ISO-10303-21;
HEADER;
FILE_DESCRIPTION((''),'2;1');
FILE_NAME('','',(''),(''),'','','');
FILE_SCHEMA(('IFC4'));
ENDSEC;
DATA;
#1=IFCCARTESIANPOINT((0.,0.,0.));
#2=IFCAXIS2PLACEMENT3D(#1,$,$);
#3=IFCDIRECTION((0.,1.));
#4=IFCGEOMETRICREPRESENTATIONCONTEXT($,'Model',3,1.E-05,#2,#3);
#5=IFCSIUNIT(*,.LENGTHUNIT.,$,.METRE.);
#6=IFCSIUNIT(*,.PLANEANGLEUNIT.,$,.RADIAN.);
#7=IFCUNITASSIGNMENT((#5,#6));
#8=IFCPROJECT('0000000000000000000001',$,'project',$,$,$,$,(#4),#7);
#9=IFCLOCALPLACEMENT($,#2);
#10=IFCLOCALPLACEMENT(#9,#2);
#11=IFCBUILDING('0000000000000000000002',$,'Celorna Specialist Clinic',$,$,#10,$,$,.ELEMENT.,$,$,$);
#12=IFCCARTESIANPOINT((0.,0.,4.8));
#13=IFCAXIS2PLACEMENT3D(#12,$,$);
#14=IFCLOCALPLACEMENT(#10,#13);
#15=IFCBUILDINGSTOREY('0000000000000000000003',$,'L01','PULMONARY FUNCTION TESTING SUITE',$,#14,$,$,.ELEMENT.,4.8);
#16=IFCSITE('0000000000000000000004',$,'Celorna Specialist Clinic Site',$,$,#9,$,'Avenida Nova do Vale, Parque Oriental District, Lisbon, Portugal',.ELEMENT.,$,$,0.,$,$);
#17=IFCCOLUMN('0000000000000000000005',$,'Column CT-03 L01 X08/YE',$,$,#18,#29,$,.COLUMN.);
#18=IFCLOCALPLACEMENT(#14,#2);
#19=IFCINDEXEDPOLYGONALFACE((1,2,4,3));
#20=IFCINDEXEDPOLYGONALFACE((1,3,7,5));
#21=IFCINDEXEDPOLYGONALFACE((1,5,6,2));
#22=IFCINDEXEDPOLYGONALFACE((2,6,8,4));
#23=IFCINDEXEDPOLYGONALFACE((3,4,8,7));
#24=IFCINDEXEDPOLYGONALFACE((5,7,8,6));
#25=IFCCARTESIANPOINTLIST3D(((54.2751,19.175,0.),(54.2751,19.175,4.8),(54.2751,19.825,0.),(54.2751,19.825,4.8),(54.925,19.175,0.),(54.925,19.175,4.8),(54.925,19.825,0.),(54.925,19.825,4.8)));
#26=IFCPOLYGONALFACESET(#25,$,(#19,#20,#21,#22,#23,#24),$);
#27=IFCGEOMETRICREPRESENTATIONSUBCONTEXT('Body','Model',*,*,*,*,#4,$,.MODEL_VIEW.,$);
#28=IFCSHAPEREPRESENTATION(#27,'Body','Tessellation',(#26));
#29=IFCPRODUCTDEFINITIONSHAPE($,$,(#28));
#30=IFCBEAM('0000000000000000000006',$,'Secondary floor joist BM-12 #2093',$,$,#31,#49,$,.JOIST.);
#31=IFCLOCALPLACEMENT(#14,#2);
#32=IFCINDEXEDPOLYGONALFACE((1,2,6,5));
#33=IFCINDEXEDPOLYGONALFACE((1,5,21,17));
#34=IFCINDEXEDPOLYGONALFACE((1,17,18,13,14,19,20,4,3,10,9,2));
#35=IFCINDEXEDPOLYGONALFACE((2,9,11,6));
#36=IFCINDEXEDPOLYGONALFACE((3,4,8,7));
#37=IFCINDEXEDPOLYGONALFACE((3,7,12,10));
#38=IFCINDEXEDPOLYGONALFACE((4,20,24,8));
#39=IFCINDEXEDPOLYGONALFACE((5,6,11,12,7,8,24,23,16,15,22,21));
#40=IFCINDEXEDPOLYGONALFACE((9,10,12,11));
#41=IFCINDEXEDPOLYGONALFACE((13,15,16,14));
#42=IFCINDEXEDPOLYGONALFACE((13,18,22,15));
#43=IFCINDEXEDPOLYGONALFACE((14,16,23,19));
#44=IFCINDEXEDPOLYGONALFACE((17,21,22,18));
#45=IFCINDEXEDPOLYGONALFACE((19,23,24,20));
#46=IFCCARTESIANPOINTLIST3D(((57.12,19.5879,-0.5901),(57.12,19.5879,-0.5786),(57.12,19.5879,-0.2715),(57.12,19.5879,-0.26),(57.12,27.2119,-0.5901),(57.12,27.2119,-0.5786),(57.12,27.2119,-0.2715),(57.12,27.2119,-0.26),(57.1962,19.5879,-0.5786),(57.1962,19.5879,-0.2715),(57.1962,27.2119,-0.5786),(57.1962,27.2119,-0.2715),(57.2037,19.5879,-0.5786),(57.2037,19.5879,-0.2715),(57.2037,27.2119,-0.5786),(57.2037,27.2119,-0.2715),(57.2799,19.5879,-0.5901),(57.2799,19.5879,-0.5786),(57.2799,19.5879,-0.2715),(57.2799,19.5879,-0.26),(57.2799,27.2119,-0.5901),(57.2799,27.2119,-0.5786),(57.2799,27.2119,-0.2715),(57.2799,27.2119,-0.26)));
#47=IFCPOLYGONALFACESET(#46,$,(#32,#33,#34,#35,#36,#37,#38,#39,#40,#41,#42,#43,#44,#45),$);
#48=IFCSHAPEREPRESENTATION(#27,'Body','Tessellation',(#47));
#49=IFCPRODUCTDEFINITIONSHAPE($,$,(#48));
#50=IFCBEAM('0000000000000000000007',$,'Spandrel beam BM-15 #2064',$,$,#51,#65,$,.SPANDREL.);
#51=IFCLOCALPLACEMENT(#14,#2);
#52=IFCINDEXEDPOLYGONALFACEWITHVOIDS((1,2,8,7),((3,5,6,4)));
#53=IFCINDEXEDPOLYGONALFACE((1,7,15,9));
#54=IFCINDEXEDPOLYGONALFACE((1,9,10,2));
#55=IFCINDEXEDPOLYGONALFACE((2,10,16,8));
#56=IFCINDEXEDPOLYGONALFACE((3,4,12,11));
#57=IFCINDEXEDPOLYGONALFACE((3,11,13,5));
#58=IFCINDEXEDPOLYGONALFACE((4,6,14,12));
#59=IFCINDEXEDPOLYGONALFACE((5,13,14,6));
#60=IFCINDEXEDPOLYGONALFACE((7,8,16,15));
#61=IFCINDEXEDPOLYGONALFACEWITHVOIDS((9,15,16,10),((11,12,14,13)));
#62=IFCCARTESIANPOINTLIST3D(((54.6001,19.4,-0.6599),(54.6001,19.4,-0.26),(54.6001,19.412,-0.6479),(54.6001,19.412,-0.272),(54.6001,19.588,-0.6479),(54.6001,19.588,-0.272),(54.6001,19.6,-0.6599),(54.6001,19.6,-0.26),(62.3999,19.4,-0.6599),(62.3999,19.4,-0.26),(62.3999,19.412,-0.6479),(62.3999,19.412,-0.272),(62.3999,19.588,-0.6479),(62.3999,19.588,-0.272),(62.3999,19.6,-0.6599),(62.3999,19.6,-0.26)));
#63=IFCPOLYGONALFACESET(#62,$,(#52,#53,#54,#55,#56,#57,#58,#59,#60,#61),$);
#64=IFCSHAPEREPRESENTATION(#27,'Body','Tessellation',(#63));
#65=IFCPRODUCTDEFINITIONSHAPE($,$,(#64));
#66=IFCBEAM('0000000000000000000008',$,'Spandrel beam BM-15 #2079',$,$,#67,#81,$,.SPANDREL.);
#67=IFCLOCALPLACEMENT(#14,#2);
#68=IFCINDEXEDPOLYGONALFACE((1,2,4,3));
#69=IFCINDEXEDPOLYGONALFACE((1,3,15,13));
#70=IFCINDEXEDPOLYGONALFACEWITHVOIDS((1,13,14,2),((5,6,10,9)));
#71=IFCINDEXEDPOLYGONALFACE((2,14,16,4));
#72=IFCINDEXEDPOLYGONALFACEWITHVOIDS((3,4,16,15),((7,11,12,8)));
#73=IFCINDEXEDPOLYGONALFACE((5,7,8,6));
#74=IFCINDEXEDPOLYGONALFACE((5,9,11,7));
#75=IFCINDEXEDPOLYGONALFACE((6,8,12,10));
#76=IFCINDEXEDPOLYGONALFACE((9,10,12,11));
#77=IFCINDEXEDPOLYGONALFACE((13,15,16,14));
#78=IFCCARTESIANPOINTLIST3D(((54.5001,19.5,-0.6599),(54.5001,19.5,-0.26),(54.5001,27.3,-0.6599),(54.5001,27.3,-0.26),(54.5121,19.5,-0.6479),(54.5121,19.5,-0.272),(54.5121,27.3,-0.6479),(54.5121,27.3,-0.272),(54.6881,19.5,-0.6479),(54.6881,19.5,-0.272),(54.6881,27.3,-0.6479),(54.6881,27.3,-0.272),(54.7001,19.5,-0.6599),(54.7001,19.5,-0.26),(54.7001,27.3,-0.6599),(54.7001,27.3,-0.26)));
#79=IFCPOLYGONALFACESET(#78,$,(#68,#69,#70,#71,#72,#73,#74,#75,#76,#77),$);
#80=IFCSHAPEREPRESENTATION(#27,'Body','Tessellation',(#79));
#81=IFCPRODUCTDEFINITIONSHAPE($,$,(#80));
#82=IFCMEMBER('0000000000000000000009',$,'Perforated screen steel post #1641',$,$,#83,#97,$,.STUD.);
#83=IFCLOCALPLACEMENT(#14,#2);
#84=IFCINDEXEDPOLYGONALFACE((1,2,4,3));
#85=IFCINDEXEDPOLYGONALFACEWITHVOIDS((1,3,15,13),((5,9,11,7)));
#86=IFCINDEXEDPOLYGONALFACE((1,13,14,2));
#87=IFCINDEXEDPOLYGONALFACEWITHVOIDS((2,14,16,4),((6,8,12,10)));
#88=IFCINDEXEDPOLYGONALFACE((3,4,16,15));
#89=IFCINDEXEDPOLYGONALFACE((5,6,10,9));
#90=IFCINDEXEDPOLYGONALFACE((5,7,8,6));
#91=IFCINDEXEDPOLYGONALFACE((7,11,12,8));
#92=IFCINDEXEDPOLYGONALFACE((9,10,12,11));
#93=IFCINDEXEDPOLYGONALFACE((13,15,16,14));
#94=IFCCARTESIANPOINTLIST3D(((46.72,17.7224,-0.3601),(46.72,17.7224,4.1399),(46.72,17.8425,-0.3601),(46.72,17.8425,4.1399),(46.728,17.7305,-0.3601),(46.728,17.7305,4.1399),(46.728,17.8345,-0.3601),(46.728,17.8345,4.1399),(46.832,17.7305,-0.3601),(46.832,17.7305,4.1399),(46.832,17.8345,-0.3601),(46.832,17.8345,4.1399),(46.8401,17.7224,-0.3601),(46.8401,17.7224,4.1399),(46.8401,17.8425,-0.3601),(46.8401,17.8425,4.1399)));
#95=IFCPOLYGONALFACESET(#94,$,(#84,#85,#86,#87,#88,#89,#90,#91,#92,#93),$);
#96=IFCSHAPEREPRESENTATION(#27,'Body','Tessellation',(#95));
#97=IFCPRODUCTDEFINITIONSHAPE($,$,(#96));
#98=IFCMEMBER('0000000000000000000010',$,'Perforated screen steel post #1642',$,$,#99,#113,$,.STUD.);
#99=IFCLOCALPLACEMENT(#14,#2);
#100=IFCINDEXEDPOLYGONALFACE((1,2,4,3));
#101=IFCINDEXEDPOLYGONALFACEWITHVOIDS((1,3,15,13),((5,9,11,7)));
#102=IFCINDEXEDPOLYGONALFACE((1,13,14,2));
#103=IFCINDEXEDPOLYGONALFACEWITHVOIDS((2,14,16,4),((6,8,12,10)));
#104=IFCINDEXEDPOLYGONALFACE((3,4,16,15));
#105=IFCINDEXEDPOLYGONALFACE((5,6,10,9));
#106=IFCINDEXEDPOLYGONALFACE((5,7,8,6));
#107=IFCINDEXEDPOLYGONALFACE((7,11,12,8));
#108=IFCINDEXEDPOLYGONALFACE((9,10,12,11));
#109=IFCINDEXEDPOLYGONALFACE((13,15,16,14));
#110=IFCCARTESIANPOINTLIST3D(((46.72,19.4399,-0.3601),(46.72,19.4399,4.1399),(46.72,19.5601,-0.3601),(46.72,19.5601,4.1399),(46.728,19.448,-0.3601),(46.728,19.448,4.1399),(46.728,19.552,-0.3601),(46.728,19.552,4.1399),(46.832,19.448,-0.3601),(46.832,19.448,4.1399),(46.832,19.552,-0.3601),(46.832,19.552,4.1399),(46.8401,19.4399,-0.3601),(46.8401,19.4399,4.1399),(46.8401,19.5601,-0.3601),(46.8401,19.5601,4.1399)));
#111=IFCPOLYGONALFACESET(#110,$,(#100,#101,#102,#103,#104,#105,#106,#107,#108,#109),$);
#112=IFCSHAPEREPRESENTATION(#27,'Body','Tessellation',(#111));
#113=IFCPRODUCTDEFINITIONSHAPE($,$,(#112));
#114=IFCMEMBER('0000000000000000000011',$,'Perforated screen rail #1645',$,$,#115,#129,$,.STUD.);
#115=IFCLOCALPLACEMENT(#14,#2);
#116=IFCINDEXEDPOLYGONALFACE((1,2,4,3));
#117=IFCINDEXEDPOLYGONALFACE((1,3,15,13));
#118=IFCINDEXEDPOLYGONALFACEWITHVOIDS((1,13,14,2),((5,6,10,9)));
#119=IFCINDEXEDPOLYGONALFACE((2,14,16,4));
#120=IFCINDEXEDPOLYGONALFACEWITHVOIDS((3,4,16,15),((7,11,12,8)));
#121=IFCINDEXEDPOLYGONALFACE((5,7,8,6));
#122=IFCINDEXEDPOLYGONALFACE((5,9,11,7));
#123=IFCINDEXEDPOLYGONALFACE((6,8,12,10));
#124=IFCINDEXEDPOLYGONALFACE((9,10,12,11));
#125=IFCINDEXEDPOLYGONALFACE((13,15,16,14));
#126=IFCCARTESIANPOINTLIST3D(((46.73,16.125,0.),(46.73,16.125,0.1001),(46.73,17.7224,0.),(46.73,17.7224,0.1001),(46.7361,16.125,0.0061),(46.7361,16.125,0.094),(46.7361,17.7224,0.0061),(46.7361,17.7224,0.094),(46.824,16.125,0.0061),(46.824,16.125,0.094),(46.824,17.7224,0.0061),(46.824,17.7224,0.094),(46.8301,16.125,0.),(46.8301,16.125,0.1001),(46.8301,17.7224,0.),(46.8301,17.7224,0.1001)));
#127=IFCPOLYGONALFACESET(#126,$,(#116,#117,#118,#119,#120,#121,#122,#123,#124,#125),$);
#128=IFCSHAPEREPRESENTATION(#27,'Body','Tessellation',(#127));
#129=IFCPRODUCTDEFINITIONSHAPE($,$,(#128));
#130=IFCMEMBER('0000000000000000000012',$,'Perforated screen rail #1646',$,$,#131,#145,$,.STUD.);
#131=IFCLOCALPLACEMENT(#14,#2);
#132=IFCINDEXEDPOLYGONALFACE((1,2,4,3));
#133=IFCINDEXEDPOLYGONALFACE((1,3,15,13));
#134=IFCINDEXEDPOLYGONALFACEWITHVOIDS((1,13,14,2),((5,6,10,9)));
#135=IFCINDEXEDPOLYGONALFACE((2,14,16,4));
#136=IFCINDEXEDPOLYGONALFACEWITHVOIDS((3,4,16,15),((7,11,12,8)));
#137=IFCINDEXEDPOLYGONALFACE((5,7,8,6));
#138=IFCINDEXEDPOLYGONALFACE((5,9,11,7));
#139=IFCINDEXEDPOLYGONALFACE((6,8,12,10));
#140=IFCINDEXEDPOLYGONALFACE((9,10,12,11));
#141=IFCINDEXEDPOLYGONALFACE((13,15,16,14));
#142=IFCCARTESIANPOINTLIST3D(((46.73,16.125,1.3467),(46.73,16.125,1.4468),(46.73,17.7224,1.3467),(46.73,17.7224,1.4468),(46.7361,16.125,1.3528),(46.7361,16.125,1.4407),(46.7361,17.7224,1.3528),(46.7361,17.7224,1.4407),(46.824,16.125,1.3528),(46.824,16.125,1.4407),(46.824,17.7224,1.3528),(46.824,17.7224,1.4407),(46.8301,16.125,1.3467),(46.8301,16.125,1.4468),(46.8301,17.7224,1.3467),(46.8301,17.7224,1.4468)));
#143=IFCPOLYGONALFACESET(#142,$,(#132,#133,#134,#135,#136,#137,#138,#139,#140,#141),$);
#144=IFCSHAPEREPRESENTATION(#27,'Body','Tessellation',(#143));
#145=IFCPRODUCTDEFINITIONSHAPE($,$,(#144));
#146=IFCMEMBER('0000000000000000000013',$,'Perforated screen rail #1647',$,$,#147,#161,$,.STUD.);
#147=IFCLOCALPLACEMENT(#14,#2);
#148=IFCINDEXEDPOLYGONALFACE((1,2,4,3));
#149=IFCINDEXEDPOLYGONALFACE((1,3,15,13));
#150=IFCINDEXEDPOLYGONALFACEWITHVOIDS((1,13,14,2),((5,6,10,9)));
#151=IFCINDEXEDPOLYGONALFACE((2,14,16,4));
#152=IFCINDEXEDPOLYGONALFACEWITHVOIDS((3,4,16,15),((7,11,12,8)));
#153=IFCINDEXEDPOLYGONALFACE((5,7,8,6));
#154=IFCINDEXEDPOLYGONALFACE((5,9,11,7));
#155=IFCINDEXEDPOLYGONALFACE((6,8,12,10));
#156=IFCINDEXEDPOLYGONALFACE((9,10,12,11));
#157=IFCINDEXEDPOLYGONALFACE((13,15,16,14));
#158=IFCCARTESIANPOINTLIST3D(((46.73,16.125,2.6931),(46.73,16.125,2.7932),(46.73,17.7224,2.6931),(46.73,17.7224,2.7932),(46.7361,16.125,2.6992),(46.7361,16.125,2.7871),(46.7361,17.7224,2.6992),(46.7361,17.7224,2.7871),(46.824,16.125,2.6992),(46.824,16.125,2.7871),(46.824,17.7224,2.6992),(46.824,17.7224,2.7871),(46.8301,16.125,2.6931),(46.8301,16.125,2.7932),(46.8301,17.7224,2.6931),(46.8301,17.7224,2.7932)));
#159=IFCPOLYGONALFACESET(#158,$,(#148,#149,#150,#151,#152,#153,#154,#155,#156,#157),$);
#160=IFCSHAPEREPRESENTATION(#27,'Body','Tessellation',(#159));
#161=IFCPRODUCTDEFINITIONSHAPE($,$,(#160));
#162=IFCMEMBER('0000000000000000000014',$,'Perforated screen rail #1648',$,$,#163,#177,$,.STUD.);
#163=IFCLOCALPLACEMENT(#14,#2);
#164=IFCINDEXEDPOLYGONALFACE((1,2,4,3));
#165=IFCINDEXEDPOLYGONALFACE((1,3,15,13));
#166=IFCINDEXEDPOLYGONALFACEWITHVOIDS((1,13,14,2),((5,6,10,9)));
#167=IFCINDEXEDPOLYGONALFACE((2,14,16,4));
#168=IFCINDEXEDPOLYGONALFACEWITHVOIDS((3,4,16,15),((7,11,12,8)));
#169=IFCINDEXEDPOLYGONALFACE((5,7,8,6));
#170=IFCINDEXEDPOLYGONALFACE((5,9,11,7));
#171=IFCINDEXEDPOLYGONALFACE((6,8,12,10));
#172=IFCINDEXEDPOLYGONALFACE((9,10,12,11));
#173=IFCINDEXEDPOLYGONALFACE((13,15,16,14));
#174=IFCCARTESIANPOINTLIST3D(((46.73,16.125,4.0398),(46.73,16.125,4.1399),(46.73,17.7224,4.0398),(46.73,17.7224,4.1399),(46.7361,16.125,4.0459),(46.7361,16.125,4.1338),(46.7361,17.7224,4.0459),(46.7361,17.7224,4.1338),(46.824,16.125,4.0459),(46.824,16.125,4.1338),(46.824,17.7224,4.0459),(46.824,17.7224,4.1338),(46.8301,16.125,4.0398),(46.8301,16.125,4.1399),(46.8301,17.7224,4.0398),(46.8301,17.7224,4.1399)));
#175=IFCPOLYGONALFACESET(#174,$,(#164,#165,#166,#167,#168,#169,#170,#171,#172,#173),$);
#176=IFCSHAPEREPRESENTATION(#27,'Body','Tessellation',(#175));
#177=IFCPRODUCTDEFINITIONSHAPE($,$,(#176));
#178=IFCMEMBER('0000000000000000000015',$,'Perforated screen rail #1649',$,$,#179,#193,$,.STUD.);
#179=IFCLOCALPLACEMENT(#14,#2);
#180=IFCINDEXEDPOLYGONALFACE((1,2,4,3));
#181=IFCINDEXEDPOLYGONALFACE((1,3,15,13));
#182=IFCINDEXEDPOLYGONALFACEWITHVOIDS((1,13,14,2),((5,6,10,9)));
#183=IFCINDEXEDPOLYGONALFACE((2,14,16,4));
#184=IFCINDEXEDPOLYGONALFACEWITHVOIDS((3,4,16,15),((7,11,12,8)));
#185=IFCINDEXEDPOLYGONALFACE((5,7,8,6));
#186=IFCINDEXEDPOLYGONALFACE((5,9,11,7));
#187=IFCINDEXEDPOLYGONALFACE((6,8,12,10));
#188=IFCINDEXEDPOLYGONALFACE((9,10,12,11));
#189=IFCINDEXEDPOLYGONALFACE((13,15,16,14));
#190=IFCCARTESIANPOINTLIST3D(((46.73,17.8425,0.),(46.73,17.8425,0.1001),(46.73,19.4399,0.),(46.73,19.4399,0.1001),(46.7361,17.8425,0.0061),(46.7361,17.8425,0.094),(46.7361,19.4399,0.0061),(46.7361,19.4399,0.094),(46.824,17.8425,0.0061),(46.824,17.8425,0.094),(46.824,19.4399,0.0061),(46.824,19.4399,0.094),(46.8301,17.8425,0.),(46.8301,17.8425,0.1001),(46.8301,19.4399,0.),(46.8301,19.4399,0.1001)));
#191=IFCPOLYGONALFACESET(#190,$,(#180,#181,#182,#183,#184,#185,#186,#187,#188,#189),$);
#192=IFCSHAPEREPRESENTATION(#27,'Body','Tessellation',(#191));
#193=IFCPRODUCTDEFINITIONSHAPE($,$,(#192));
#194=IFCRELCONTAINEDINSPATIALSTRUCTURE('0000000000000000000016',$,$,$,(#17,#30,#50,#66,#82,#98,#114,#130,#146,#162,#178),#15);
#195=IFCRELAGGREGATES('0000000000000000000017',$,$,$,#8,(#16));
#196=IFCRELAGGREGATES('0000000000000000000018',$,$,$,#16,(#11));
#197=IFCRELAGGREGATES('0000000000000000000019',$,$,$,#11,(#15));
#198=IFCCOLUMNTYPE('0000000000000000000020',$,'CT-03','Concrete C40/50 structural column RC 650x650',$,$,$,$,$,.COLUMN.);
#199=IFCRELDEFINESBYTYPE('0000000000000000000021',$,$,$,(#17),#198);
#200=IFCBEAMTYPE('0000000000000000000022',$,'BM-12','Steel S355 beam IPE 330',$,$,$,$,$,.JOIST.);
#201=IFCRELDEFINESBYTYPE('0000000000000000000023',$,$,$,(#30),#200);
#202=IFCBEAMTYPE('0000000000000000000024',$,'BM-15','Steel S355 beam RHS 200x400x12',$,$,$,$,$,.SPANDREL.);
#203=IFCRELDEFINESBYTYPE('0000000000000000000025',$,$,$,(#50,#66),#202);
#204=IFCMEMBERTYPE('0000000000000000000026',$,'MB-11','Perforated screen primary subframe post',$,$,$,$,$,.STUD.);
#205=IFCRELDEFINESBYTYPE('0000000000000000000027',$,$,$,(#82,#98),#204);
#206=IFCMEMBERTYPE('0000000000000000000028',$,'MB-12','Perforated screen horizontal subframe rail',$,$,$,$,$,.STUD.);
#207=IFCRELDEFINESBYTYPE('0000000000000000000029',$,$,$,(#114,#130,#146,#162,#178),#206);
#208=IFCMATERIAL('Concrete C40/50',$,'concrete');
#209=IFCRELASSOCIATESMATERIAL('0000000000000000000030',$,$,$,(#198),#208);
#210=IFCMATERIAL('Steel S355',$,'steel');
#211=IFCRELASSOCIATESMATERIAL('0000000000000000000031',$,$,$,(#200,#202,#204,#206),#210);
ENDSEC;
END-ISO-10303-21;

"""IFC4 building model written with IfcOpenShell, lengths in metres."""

from ifc_helpers import new_model, si_unit, direction, frame, origin, origin_2d, place, context, subcontext, project, spatial, rectangle, hollow_rectangle, i_section, extrude, material, material_profile, profile_set, type_object, element, save


model = new_model("IFC4")

# Units and contexts
model_context = context("Model", 3, precision=1e-05, world=origin(), true_north=direction((0.0, 1.0)))
body_context = subcontext(model_context, "Body", "Model", "MODEL_VIEW")
ifc_project = project(units=[si_unit("LENGTHUNIT", "METRE"), si_unit("PLANEANGLEUNIT", "RADIAN")], contexts=[model_context])

# Site, building, storey
site_placement = place(None, origin())
site = spatial("IfcSite", under=ifc_project, at=site_placement, Name="Celorna Specialist Clinic Site", LongName="Avenida Nova do Vale, Parque Oriental District, Lisbon, Portugal", CompositionType="ELEMENT", RefElevation=0.0)
building_placement = place(site_placement, origin())
building = spatial("IfcBuilding", under=site, at=building_placement, Name="Celorna Specialist Clinic", CompositionType="ELEMENT")
storey_placement = place(building_placement, frame((0.0, 0.0, 4.8)))
storey = spatial("IfcBuildingStorey", under=building, at=storey_placement, Name="L01", Description="PULMONARY FUNCTION TESTING SUITE", CompositionType="ELEMENT", Elevation=4.8)

# Column
ifc_material_1 = material(Name="Concrete C40/50", Category="concrete")
ifc_material_profile_1 = material_profile(ifc_material_1, rectangle(XDim=0.6499, YDim=0.6499, at=origin_2d()), Name="RC 650x650")
ifc_profile_set_1 = profile_set([ifc_material_profile_1], Name="Concrete C40/50")
column_type = type_object("IfcColumnType", Name="CT-03", Description="Concrete C40/50 structural column RC 650x650", PredefinedType="COLUMN", material=ifc_profile_set_1)
column_placement = place(storey_placement, frame((54.6001, 19.5, 0.0), z_axis=(0.0, 0.0, 1.0), x_axis=(1.0, 0.0, 0.0)))
element("IfcColumn", 1, at=column_placement, inside=storey, type_object=column_type, Name="Column CT-03 L01 X08/YE", PredefinedType="COLUMN", context=body_context, shape_type="SweptSolid", body=[
    extrude(rectangle(XDim=0.6499, YDim=0.6499, at=origin_2d()), origin(), (0.0, 0.0, 1.0), 4.8),
])

# Beams
ifc_material_2 = material(Name="Steel S355", Category="steel")
ifc_material_profile_2 = material_profile(ifc_material_2, i_section(OverallWidth=0.1599, OverallDepth=0.3301, WebThickness=0.0076, FlangeThickness=0.0115, at=origin_2d()), Name="IPE 330")
ifc_profile_set_2 = profile_set([ifc_material_profile_2], Name="Steel S355")
beam_type_1 = type_object("IfcBeamType", Name="BM-12", Description="Steel S355 beam IPE 330", PredefinedType="JOIST", material=ifc_profile_set_2)
beam_1_placement = place(storey_placement, frame((57.2, 19.5879, -0.425), z_axis=(0.0, 1.0, 0.0), x_axis=(-1.0, 0.0, 0.0)))
element("IfcBeam", 2, at=beam_1_placement, inside=storey, type_object=beam_type_1, Name="Secondary floor joist BM-12 #2093", PredefinedType="JOIST", context=body_context, shape_type="SweptSolid", body=[
    extrude(i_section(OverallWidth=0.1599, OverallDepth=0.3301, WebThickness=0.0076, FlangeThickness=0.0115, at=origin_2d()), origin(), (0.0, 0.0, 1.0), 7.624),
])
ifc_material_profile_3 = material_profile(ifc_material_2, hollow_rectangle(XDim=0.2, YDim=0.3999, WallThickness=0.012, at=origin_2d()), Name="RHS 200x400x12")
ifc_profile_set_3 = profile_set([ifc_material_profile_3], Name="Steel S355")
beam_type_2 = type_object("IfcBeamType", Name="BM-15", Description="Steel S355 beam RHS 200x400x12", PredefinedType="SPANDREL", material=ifc_profile_set_3)
beam_2_placement = place(storey_placement, frame((54.6001, 19.5, -0.46), z_axis=(1.0, 0.0, 0.0), x_axis=(0.0, 1.0, 0.0)))
element("IfcBeam", 3, at=beam_2_placement, inside=storey, type_object=beam_type_2, Name="Spandrel beam BM-15 #2064", PredefinedType="SPANDREL", context=body_context, shape_type="SweptSolid", body=[
    extrude(hollow_rectangle(XDim=0.2, YDim=0.3999, WallThickness=0.012, at=origin_2d()), origin(), (0.0, 0.0, 1.0), 7.7998),
])
beam_3_placement = place(storey_placement, frame((54.6001, 19.5, -0.46), z_axis=(0.0, 1.0, 0.0), x_axis=(-1.0, 0.0, 0.0)))
element("IfcBeam", 4, at=beam_3_placement, inside=storey, type_object=beam_type_2, Name="Spandrel beam BM-15 #2079", PredefinedType="SPANDREL", context=body_context, shape_type="SweptSolid", body=[
    extrude(hollow_rectangle(XDim=0.2, YDim=0.3999, WallThickness=0.012, at=origin_2d()), origin(), (0.0, 0.0, 1.0), 7.8),
])

# Members
ifc_material_profile_4 = material_profile(ifc_material_2, hollow_rectangle(XDim=0.1201, YDim=0.1201, WallThickness=0.0081, at=origin_2d()), Name="SHS 120x120x8")
ifc_profile_set_4 = profile_set([ifc_material_profile_4], Name="Steel S355")
member_type_1 = type_object("IfcMemberType", Name="MB-11", Description="Perforated screen primary subframe post", PredefinedType="STUD", material=ifc_profile_set_4)
for number, where, z_axis, x_axis, name in (
    (5, (46.78, 17.7825, -0.3601), (0.0, 0.0, 1.0), (1.0, 0.0, 0.0), "Perforated screen steel post #1641"),
    (6, (46.78, 19.5, -0.3601), (0.0, 0.0, 1.0), (1.0, 0.0, 0.0), "Perforated screen steel post #1642"),
):
    element("IfcMember", number, at=place(storey_placement, frame(where, z_axis=z_axis, x_axis=x_axis)), inside=storey, type_object=member_type_1, Name=name, PredefinedType="STUD", context=body_context, shape_type="SweptSolid", body=[
        extrude(hollow_rectangle(XDim=0.1201, YDim=0.1201, WallThickness=0.0081, at=origin_2d()), origin(), (0.0, 0.0, 1.0), 4.5),
    ])
ifc_material_profile_5 = material_profile(ifc_material_2, hollow_rectangle(XDim=0.1001, YDim=0.1001, WallThickness=0.0061, at=origin_2d()), Name="SHS 100x100x6")
ifc_profile_set_5 = profile_set([ifc_material_profile_5], Name="Steel S355")
member_type_2 = type_object("IfcMemberType", Name="MB-12", Description="Perforated screen horizontal subframe rail", PredefinedType="STUD", material=ifc_profile_set_5)
for number, where, z_axis, x_axis, name in (
    (7, (46.78, 16.125, 0.05), (0.0, 1.0, 0.0), (-1.0, 0.0, 0.0), "Perforated screen rail #1645"),
    (8, (46.78, 16.125, 1.3967), (0.0, 1.0, 0.0), (-1.0, 0.0, 0.0), "Perforated screen rail #1646"),
    (9, (46.78, 16.125, 2.7432), (0.0, 1.0, 0.0), (-1.0, 0.0, 0.0), "Perforated screen rail #1647"),
    (10, (46.78, 16.125, 4.0898), (0.0, 1.0, 0.0), (-1.0, 0.0, 0.0), "Perforated screen rail #1648"),
    (11, (46.78, 17.8425, 0.05), (0.0, 1.0, 0.0), (-1.0, 0.0, 0.0), "Perforated screen rail #1649"),
):
    element("IfcMember", number, at=place(storey_placement, frame(where, z_axis=z_axis, x_axis=x_axis)), inside=storey, type_object=member_type_2, Name=name, PredefinedType="STUD", context=body_context, shape_type="SweptSolid", body=[
        extrude(hollow_rectangle(XDim=0.1001, YDim=0.1001, WallThickness=0.0061, at=origin_2d()), origin(), (0.0, 0.0, 1.0), 1.5974),
    ])

save(model, "model.ifc")
